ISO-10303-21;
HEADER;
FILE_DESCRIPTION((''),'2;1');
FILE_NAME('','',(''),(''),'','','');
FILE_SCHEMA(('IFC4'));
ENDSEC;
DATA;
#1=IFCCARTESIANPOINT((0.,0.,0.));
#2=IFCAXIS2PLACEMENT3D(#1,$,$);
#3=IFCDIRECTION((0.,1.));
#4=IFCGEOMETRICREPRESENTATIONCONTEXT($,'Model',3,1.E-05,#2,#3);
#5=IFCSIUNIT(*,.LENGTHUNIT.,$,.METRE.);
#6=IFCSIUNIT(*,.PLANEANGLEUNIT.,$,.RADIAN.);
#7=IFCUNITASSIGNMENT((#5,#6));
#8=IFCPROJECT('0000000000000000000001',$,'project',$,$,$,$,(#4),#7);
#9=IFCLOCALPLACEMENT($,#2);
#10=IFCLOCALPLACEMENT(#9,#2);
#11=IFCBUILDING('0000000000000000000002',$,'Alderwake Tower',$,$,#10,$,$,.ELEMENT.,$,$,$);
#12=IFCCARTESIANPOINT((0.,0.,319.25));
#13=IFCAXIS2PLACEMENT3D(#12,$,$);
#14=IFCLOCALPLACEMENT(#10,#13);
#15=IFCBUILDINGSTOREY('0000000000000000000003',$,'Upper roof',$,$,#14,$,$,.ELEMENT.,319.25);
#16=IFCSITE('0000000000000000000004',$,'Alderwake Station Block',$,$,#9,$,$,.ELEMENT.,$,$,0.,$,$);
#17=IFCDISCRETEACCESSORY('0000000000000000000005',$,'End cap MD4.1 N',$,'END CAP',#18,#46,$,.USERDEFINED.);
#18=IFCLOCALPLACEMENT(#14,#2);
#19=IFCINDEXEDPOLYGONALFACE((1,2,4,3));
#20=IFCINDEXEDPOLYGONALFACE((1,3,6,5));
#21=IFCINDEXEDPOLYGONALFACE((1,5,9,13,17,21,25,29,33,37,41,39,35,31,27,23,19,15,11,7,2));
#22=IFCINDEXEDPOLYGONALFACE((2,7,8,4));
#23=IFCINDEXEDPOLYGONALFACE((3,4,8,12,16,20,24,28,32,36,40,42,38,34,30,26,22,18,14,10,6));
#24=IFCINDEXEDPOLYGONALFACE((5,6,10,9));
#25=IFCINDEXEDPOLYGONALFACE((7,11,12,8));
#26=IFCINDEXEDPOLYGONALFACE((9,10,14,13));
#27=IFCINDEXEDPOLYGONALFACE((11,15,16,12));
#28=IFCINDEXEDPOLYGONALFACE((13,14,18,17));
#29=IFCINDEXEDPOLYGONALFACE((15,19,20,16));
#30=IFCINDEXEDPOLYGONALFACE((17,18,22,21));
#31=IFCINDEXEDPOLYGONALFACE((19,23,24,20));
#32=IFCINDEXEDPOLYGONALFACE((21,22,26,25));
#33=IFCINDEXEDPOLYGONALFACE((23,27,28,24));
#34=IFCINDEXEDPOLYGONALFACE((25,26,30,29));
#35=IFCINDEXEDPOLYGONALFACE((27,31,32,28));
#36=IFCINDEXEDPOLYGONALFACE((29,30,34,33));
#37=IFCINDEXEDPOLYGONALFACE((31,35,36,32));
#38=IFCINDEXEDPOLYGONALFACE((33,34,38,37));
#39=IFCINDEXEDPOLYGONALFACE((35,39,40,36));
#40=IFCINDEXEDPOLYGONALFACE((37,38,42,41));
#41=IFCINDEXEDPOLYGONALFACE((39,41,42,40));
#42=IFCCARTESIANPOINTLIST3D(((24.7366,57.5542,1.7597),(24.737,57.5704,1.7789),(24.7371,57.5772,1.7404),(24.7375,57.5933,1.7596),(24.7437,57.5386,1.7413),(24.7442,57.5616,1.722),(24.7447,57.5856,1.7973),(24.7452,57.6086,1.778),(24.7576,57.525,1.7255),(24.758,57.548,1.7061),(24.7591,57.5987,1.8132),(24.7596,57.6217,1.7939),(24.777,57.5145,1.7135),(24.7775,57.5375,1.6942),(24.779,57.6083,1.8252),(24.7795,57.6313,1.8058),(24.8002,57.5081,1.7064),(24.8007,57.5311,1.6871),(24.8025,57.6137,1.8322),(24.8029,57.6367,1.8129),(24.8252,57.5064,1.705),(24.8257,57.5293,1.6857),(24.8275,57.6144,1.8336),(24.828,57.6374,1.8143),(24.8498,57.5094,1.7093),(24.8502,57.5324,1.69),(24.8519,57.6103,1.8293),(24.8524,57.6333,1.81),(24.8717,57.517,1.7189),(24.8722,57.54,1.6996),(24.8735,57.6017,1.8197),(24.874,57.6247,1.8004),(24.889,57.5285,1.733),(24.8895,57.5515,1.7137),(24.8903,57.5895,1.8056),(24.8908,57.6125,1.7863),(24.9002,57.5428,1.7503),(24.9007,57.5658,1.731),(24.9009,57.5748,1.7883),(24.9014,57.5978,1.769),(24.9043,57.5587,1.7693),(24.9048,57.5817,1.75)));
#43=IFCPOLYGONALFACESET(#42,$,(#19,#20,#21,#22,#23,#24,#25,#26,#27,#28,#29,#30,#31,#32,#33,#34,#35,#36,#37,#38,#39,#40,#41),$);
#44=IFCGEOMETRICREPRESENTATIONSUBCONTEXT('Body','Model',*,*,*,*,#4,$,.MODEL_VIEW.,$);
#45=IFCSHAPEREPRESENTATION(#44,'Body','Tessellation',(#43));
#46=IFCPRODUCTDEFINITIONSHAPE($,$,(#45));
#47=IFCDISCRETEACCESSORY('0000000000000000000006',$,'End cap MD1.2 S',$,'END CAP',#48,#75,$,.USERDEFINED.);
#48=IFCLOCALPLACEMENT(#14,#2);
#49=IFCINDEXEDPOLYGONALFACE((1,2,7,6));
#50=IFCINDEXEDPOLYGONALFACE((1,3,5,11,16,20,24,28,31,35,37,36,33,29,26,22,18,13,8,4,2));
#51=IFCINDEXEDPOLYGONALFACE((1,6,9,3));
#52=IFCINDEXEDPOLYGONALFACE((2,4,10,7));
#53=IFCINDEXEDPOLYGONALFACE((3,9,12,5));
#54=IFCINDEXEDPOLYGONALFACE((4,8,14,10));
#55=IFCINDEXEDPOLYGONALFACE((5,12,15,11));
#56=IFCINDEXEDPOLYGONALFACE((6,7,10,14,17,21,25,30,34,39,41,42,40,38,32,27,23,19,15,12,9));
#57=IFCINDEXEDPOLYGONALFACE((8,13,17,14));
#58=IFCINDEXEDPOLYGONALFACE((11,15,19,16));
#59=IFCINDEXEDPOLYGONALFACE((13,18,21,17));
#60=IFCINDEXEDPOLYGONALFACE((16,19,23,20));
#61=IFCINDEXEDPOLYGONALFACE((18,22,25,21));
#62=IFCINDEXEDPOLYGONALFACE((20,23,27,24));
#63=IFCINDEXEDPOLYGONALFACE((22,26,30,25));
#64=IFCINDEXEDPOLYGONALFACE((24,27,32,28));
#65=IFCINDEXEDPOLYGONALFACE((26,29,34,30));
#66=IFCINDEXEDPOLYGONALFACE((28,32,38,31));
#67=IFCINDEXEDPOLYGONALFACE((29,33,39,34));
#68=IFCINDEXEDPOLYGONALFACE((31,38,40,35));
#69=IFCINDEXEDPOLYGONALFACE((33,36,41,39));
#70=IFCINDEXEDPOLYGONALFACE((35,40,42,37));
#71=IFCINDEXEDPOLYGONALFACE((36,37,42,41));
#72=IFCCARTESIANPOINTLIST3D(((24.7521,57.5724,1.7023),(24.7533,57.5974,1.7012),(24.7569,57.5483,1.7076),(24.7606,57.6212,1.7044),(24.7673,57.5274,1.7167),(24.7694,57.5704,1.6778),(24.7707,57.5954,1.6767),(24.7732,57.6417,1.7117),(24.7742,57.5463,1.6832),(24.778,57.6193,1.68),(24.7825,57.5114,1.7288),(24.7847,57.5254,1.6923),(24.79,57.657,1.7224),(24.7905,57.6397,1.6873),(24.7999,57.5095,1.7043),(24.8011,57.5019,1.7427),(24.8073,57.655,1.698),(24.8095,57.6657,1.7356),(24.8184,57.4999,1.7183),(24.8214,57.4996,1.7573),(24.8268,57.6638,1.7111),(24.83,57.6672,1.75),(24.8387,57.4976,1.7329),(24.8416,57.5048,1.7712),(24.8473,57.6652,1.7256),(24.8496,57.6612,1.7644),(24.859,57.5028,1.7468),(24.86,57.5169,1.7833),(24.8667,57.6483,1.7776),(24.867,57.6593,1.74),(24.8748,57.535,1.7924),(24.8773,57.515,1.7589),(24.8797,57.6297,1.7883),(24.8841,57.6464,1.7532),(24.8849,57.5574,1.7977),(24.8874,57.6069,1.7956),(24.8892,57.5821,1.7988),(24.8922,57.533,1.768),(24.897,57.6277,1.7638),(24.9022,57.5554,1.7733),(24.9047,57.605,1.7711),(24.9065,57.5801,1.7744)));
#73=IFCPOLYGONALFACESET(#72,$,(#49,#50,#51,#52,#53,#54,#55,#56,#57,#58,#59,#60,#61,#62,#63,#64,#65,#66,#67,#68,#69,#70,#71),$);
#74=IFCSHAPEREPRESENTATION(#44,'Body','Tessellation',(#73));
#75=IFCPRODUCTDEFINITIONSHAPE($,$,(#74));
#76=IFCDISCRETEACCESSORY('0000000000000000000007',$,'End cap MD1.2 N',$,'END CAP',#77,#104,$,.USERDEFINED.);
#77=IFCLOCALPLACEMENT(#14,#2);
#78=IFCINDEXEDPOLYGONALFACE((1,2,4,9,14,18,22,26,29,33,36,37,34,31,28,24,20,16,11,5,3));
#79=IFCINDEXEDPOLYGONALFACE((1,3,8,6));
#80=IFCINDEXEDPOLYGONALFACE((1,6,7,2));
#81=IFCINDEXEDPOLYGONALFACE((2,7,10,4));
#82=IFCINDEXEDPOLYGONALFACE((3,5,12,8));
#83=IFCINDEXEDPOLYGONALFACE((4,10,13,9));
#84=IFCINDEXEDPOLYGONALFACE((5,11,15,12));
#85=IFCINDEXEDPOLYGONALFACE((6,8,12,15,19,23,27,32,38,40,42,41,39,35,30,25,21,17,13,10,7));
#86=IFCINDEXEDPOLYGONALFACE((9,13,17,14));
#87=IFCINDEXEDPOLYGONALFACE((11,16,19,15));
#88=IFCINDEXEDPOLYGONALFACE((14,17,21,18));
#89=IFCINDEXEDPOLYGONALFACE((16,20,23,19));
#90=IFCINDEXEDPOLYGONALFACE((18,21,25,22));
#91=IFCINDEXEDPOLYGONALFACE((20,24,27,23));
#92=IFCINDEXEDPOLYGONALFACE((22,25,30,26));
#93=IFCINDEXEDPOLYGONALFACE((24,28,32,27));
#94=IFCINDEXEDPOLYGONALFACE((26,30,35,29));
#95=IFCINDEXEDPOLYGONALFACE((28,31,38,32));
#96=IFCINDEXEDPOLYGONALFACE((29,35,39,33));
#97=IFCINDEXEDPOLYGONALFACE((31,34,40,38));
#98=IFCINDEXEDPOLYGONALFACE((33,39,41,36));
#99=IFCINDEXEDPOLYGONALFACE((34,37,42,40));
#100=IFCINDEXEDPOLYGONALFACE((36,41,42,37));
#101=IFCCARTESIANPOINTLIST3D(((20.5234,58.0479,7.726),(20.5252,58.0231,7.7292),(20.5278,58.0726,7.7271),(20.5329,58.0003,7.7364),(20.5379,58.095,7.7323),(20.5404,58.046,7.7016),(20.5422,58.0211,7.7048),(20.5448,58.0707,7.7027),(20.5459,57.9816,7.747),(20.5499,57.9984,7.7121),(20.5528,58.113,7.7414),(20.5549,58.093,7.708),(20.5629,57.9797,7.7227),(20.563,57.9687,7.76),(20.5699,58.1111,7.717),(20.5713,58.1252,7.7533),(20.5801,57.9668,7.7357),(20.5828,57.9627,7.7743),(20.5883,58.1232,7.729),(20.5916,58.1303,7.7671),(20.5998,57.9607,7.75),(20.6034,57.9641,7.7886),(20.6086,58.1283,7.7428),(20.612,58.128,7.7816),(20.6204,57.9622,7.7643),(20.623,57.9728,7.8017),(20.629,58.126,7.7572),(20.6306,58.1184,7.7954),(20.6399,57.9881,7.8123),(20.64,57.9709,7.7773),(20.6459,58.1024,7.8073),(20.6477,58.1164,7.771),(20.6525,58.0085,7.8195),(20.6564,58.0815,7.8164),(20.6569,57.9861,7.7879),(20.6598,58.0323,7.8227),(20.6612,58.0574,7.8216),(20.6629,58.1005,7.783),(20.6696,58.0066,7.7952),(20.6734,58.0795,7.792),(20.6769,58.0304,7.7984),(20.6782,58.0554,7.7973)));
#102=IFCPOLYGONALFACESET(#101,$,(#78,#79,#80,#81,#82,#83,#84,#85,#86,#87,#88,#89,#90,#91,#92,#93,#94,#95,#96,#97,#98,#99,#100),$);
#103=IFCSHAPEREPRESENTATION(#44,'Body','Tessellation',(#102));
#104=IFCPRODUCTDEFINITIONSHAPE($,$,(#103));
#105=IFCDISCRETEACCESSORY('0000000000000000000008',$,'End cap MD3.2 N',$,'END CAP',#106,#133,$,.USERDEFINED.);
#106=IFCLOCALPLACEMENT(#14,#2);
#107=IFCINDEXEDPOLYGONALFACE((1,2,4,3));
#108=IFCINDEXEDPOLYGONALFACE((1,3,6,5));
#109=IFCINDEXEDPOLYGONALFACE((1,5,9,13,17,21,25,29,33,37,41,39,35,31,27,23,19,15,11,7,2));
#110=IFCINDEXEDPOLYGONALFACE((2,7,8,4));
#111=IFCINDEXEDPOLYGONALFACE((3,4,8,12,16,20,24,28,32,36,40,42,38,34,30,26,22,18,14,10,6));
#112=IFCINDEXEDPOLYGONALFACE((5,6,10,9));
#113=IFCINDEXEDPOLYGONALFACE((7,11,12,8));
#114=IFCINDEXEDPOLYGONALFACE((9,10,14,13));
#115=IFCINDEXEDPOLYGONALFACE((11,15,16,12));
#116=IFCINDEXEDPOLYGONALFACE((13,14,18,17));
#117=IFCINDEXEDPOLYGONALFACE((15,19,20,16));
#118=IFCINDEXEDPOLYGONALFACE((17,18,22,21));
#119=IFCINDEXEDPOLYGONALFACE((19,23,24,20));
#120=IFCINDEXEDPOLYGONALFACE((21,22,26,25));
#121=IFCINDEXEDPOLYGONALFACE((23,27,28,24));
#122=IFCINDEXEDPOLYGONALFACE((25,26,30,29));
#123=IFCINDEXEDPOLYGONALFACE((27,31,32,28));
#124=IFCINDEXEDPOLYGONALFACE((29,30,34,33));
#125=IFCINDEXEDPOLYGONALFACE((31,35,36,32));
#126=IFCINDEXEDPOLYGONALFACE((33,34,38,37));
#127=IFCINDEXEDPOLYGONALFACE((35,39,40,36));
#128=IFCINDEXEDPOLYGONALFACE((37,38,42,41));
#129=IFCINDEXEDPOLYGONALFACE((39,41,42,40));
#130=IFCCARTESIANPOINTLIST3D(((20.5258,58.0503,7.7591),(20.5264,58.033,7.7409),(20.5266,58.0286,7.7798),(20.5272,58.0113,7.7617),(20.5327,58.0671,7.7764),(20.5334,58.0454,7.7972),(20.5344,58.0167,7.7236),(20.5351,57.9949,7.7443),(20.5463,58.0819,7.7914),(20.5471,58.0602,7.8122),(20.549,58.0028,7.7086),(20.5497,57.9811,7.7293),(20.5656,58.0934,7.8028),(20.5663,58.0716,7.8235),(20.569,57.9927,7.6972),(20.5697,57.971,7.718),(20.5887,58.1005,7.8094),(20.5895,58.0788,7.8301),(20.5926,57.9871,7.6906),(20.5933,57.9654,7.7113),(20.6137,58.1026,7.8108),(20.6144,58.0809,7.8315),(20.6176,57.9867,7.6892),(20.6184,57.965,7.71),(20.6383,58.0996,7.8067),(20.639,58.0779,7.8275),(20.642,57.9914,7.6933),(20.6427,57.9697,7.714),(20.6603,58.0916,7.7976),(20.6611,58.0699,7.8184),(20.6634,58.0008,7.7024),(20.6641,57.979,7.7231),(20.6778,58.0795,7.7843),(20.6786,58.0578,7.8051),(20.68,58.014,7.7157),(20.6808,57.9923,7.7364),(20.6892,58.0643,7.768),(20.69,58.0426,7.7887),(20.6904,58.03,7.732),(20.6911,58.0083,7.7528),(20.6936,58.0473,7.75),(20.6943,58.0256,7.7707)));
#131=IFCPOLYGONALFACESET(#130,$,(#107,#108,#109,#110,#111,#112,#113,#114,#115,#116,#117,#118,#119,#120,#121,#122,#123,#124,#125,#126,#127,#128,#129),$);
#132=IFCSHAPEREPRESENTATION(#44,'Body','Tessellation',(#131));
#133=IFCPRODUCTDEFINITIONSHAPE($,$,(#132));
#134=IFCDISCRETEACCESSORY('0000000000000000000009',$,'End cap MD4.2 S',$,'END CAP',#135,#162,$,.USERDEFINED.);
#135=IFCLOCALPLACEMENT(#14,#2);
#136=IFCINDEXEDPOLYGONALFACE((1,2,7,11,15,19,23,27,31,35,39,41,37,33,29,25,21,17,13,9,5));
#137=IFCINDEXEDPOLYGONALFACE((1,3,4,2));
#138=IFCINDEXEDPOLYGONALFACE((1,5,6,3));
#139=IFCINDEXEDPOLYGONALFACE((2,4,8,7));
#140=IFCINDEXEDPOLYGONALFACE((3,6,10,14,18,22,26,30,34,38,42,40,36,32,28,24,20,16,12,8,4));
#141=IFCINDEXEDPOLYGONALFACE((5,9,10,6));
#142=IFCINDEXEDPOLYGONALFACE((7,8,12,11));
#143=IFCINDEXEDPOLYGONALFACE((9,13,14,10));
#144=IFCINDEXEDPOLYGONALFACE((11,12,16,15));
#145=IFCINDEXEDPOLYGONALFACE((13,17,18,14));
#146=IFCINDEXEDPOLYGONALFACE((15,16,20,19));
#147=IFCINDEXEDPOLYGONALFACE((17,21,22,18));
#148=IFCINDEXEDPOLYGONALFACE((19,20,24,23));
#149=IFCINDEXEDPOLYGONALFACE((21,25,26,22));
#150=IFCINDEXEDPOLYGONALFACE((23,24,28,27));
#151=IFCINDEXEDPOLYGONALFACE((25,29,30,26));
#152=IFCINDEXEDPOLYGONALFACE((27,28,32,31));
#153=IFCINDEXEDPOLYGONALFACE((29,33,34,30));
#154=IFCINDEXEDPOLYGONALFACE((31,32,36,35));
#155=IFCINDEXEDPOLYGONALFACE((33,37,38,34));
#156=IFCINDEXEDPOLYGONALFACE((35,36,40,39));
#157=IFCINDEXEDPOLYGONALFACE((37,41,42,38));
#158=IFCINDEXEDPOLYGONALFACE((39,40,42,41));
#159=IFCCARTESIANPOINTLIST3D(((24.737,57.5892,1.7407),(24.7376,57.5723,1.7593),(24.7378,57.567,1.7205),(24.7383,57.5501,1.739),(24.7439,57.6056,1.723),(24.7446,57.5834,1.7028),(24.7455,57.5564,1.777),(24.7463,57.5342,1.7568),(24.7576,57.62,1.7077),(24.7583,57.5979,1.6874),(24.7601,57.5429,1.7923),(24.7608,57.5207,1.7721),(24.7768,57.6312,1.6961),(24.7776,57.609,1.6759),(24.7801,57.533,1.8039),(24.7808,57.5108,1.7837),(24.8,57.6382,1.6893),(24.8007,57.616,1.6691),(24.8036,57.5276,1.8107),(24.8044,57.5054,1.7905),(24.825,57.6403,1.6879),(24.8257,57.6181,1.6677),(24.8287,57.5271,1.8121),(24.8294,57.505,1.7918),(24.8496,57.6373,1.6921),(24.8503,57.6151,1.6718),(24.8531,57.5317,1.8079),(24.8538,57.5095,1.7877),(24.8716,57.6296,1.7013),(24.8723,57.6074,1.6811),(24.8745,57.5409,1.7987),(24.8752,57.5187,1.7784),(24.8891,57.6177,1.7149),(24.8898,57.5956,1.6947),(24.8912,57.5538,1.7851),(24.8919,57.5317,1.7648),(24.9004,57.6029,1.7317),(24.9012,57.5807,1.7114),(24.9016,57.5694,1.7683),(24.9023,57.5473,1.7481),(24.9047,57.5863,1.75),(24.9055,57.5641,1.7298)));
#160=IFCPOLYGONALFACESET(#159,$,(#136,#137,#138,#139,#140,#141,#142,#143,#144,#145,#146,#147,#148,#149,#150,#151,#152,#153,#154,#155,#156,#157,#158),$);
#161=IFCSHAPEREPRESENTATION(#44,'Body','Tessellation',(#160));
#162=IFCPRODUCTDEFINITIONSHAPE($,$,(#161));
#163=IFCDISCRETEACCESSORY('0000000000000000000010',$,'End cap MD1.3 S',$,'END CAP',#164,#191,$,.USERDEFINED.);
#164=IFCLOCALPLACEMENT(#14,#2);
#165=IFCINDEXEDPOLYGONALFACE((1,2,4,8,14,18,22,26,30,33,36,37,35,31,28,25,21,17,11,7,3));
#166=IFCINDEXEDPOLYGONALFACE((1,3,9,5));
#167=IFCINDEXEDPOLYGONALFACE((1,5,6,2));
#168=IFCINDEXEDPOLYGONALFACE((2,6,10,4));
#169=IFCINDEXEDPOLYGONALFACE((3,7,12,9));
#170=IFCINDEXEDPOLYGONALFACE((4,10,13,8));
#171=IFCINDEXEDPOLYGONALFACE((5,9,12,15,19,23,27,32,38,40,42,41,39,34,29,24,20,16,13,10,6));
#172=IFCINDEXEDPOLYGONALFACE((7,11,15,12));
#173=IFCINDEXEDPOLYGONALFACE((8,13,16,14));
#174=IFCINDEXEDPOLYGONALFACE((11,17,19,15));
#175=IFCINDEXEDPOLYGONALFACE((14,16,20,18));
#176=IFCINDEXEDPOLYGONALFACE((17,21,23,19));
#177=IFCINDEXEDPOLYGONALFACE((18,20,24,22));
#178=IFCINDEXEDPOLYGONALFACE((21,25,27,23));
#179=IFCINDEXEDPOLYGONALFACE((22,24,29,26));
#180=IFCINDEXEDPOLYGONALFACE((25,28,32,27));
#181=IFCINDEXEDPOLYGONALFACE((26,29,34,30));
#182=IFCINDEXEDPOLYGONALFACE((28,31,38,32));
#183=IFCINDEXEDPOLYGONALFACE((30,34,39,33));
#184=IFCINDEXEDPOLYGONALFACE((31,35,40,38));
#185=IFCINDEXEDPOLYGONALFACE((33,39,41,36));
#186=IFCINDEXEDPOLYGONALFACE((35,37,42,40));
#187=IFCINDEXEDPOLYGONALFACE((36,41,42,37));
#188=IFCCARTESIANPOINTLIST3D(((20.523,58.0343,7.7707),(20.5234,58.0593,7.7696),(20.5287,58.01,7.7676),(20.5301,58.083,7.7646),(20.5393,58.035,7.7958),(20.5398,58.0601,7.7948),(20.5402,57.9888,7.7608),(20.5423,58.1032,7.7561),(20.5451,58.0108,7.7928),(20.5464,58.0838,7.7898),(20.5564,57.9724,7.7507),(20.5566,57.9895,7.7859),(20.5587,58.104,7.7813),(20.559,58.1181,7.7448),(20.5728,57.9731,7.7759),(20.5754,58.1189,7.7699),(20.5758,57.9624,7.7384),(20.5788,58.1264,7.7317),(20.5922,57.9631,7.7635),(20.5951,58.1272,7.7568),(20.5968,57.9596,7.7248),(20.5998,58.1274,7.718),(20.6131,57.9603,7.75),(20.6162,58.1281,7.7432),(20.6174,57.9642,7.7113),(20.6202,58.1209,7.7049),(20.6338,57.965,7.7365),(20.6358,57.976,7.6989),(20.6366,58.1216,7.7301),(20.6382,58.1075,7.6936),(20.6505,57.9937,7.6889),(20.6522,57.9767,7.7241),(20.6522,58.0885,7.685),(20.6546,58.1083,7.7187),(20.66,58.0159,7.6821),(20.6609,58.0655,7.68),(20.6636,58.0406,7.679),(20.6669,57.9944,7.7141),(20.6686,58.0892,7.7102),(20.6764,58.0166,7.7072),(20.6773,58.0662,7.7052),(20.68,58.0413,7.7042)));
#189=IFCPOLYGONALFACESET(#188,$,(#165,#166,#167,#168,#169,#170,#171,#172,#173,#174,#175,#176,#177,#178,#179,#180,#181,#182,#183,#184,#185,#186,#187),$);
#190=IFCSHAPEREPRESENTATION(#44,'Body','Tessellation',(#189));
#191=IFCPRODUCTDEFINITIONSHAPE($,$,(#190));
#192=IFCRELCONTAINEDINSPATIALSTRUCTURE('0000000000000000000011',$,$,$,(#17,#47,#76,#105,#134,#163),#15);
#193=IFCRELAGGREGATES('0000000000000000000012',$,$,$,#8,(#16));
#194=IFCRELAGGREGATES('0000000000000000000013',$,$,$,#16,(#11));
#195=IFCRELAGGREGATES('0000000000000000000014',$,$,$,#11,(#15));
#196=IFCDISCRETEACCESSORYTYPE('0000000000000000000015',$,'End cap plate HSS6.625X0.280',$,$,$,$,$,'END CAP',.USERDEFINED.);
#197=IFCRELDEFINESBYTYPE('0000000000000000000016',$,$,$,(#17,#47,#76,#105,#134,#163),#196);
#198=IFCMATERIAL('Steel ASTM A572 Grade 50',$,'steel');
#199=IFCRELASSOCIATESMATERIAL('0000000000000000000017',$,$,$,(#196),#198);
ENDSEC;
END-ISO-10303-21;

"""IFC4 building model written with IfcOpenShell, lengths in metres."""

from ifc_helpers import new_model, si_unit, direction, frame, origin, origin_2d, place, context, subcontext, project, spatial, circle, extrude, material, material_profile, profile_set, type_object, element, save


model = new_model("IFC4")

# Units and contexts
model_context = context("Model", 3, precision=1e-05, world=origin(), true_north=direction((0.0, 1.0)))
body_context = subcontext(model_context, "Body", "Model", "MODEL_VIEW")
ifc_project = project(units=[si_unit("LENGTHUNIT", "METRE"), si_unit("PLANEANGLEUNIT", "RADIAN")], contexts=[model_context])

# Site, building, storey
site_placement = place(None, origin())
site = spatial("IfcSite", under=ifc_project, at=site_placement, Name="Alderwake Station Block", CompositionType="ELEMENT", RefElevation=0.0)
building_placement = place(site_placement, origin())
building = spatial("IfcBuilding", under=site, at=building_placement, Name="Alderwake Tower", CompositionType="ELEMENT")
storey_placement = place(building_placement, frame((0.0, 0.0, 319.25)))
storey = spatial("IfcBuildingStorey", under=building, at=storey_placement, Name="Upper roof", CompositionType="ELEMENT", Elevation=319.25)

# Discrete accessories
ifc_material_1 = material(Name="Steel ASTM A572 Grade 50", Category="steel")
ifc_material_profile_1 = material_profile(ifc_material_1, circle(Radius=0.0842, at=origin_2d()), Name="HSS6.625X0.280 cap")
ifc_profile_set_1 = profile_set([ifc_material_profile_1], Name="Steel ASTM A572 Grade 50")
discrete_accessory_type = type_object("IfcDiscreteAccessoryType", Name="End cap plate HSS6.625X0.280", ElementType="END CAP", PredefinedType="USERDEFINED", material=ifc_profile_set_1)
for number, where, z_axis, x_axis, name in (
    (1, (24.8206, 57.5835, 1.75), (-0.016286, -0.765443, 0.643298), (0.999774, -0.021272, 0.0), "End cap MD4.1 N"),
    (2, (24.8206, 57.5835, 1.75), (0.577694, -0.065092, -0.813654), (0.111968, 0.993712, 0.0), "End cap MD1.2 S"),
):
    element("IfcDiscreteAccessory", number, at=place(storey_placement, frame(where, z_axis=z_axis, x_axis=x_axis)), inside=storey, type_object=discrete_accessory_type, Name=name, ObjectType="END CAP", PredefinedType="USERDEFINED", context=body_context, shape_type="SweptSolid", body=[
        extrude(circle(Radius=0.0842, at=origin_2d()), origin(), (0.0, 0.0, 1.0), 0.03),
    ])
discrete_accessory_placement = place(storey_placement, frame((20.6094, 58.0444, 7.75), z_axis=(-0.572235, 0.065398, 0.817478), x_axis=(-0.113547, -0.993533, 0.0)))
element("IfcDiscreteAccessory", 3, at=discrete_accessory_placement, inside=storey, type_object=discrete_accessory_type, Name="End cap MD1.2 N", ObjectType="END CAP", PredefinedType="USERDEFINED", context=body_context, shape_type="SweptSolid", body=[
    extrude(circle(Radius=0.0842, at=origin_2d()), origin(), (0.0, 0.0, 1.0), 0.0298),
])
for number, where, z_axis, x_axis, name in (
    (4, (20.6094, 58.0444, 7.75), (0.024369, -0.722956, 0.690464), (0.999432, 0.033689, 0.0), "End cap MD3.2 N"),
    (5, (24.8206, 57.5835, 1.75), (0.02435, -0.738618, -0.673684), (0.999457, 0.032949, 0.0), "End cap MD4.2 S"),
    (6, (20.6094, 58.0444, 7.75), (-0.545112, -0.024408, -0.838008), (0.044731, -0.998999, 0.0), "End cap MD1.3 S"),
):
    element("IfcDiscreteAccessory", number, at=place(storey_placement, frame(where, z_axis=z_axis, x_axis=x_axis)), inside=storey, type_object=discrete_accessory_type, Name=name, ObjectType="END CAP", PredefinedType="USERDEFINED", context=body_context, shape_type="SweptSolid", body=[
        extrude(circle(Radius=0.0842, at=origin_2d()), origin(), (0.0, 0.0, 1.0), 0.03),
    ])

save(model, "model.ifc")
